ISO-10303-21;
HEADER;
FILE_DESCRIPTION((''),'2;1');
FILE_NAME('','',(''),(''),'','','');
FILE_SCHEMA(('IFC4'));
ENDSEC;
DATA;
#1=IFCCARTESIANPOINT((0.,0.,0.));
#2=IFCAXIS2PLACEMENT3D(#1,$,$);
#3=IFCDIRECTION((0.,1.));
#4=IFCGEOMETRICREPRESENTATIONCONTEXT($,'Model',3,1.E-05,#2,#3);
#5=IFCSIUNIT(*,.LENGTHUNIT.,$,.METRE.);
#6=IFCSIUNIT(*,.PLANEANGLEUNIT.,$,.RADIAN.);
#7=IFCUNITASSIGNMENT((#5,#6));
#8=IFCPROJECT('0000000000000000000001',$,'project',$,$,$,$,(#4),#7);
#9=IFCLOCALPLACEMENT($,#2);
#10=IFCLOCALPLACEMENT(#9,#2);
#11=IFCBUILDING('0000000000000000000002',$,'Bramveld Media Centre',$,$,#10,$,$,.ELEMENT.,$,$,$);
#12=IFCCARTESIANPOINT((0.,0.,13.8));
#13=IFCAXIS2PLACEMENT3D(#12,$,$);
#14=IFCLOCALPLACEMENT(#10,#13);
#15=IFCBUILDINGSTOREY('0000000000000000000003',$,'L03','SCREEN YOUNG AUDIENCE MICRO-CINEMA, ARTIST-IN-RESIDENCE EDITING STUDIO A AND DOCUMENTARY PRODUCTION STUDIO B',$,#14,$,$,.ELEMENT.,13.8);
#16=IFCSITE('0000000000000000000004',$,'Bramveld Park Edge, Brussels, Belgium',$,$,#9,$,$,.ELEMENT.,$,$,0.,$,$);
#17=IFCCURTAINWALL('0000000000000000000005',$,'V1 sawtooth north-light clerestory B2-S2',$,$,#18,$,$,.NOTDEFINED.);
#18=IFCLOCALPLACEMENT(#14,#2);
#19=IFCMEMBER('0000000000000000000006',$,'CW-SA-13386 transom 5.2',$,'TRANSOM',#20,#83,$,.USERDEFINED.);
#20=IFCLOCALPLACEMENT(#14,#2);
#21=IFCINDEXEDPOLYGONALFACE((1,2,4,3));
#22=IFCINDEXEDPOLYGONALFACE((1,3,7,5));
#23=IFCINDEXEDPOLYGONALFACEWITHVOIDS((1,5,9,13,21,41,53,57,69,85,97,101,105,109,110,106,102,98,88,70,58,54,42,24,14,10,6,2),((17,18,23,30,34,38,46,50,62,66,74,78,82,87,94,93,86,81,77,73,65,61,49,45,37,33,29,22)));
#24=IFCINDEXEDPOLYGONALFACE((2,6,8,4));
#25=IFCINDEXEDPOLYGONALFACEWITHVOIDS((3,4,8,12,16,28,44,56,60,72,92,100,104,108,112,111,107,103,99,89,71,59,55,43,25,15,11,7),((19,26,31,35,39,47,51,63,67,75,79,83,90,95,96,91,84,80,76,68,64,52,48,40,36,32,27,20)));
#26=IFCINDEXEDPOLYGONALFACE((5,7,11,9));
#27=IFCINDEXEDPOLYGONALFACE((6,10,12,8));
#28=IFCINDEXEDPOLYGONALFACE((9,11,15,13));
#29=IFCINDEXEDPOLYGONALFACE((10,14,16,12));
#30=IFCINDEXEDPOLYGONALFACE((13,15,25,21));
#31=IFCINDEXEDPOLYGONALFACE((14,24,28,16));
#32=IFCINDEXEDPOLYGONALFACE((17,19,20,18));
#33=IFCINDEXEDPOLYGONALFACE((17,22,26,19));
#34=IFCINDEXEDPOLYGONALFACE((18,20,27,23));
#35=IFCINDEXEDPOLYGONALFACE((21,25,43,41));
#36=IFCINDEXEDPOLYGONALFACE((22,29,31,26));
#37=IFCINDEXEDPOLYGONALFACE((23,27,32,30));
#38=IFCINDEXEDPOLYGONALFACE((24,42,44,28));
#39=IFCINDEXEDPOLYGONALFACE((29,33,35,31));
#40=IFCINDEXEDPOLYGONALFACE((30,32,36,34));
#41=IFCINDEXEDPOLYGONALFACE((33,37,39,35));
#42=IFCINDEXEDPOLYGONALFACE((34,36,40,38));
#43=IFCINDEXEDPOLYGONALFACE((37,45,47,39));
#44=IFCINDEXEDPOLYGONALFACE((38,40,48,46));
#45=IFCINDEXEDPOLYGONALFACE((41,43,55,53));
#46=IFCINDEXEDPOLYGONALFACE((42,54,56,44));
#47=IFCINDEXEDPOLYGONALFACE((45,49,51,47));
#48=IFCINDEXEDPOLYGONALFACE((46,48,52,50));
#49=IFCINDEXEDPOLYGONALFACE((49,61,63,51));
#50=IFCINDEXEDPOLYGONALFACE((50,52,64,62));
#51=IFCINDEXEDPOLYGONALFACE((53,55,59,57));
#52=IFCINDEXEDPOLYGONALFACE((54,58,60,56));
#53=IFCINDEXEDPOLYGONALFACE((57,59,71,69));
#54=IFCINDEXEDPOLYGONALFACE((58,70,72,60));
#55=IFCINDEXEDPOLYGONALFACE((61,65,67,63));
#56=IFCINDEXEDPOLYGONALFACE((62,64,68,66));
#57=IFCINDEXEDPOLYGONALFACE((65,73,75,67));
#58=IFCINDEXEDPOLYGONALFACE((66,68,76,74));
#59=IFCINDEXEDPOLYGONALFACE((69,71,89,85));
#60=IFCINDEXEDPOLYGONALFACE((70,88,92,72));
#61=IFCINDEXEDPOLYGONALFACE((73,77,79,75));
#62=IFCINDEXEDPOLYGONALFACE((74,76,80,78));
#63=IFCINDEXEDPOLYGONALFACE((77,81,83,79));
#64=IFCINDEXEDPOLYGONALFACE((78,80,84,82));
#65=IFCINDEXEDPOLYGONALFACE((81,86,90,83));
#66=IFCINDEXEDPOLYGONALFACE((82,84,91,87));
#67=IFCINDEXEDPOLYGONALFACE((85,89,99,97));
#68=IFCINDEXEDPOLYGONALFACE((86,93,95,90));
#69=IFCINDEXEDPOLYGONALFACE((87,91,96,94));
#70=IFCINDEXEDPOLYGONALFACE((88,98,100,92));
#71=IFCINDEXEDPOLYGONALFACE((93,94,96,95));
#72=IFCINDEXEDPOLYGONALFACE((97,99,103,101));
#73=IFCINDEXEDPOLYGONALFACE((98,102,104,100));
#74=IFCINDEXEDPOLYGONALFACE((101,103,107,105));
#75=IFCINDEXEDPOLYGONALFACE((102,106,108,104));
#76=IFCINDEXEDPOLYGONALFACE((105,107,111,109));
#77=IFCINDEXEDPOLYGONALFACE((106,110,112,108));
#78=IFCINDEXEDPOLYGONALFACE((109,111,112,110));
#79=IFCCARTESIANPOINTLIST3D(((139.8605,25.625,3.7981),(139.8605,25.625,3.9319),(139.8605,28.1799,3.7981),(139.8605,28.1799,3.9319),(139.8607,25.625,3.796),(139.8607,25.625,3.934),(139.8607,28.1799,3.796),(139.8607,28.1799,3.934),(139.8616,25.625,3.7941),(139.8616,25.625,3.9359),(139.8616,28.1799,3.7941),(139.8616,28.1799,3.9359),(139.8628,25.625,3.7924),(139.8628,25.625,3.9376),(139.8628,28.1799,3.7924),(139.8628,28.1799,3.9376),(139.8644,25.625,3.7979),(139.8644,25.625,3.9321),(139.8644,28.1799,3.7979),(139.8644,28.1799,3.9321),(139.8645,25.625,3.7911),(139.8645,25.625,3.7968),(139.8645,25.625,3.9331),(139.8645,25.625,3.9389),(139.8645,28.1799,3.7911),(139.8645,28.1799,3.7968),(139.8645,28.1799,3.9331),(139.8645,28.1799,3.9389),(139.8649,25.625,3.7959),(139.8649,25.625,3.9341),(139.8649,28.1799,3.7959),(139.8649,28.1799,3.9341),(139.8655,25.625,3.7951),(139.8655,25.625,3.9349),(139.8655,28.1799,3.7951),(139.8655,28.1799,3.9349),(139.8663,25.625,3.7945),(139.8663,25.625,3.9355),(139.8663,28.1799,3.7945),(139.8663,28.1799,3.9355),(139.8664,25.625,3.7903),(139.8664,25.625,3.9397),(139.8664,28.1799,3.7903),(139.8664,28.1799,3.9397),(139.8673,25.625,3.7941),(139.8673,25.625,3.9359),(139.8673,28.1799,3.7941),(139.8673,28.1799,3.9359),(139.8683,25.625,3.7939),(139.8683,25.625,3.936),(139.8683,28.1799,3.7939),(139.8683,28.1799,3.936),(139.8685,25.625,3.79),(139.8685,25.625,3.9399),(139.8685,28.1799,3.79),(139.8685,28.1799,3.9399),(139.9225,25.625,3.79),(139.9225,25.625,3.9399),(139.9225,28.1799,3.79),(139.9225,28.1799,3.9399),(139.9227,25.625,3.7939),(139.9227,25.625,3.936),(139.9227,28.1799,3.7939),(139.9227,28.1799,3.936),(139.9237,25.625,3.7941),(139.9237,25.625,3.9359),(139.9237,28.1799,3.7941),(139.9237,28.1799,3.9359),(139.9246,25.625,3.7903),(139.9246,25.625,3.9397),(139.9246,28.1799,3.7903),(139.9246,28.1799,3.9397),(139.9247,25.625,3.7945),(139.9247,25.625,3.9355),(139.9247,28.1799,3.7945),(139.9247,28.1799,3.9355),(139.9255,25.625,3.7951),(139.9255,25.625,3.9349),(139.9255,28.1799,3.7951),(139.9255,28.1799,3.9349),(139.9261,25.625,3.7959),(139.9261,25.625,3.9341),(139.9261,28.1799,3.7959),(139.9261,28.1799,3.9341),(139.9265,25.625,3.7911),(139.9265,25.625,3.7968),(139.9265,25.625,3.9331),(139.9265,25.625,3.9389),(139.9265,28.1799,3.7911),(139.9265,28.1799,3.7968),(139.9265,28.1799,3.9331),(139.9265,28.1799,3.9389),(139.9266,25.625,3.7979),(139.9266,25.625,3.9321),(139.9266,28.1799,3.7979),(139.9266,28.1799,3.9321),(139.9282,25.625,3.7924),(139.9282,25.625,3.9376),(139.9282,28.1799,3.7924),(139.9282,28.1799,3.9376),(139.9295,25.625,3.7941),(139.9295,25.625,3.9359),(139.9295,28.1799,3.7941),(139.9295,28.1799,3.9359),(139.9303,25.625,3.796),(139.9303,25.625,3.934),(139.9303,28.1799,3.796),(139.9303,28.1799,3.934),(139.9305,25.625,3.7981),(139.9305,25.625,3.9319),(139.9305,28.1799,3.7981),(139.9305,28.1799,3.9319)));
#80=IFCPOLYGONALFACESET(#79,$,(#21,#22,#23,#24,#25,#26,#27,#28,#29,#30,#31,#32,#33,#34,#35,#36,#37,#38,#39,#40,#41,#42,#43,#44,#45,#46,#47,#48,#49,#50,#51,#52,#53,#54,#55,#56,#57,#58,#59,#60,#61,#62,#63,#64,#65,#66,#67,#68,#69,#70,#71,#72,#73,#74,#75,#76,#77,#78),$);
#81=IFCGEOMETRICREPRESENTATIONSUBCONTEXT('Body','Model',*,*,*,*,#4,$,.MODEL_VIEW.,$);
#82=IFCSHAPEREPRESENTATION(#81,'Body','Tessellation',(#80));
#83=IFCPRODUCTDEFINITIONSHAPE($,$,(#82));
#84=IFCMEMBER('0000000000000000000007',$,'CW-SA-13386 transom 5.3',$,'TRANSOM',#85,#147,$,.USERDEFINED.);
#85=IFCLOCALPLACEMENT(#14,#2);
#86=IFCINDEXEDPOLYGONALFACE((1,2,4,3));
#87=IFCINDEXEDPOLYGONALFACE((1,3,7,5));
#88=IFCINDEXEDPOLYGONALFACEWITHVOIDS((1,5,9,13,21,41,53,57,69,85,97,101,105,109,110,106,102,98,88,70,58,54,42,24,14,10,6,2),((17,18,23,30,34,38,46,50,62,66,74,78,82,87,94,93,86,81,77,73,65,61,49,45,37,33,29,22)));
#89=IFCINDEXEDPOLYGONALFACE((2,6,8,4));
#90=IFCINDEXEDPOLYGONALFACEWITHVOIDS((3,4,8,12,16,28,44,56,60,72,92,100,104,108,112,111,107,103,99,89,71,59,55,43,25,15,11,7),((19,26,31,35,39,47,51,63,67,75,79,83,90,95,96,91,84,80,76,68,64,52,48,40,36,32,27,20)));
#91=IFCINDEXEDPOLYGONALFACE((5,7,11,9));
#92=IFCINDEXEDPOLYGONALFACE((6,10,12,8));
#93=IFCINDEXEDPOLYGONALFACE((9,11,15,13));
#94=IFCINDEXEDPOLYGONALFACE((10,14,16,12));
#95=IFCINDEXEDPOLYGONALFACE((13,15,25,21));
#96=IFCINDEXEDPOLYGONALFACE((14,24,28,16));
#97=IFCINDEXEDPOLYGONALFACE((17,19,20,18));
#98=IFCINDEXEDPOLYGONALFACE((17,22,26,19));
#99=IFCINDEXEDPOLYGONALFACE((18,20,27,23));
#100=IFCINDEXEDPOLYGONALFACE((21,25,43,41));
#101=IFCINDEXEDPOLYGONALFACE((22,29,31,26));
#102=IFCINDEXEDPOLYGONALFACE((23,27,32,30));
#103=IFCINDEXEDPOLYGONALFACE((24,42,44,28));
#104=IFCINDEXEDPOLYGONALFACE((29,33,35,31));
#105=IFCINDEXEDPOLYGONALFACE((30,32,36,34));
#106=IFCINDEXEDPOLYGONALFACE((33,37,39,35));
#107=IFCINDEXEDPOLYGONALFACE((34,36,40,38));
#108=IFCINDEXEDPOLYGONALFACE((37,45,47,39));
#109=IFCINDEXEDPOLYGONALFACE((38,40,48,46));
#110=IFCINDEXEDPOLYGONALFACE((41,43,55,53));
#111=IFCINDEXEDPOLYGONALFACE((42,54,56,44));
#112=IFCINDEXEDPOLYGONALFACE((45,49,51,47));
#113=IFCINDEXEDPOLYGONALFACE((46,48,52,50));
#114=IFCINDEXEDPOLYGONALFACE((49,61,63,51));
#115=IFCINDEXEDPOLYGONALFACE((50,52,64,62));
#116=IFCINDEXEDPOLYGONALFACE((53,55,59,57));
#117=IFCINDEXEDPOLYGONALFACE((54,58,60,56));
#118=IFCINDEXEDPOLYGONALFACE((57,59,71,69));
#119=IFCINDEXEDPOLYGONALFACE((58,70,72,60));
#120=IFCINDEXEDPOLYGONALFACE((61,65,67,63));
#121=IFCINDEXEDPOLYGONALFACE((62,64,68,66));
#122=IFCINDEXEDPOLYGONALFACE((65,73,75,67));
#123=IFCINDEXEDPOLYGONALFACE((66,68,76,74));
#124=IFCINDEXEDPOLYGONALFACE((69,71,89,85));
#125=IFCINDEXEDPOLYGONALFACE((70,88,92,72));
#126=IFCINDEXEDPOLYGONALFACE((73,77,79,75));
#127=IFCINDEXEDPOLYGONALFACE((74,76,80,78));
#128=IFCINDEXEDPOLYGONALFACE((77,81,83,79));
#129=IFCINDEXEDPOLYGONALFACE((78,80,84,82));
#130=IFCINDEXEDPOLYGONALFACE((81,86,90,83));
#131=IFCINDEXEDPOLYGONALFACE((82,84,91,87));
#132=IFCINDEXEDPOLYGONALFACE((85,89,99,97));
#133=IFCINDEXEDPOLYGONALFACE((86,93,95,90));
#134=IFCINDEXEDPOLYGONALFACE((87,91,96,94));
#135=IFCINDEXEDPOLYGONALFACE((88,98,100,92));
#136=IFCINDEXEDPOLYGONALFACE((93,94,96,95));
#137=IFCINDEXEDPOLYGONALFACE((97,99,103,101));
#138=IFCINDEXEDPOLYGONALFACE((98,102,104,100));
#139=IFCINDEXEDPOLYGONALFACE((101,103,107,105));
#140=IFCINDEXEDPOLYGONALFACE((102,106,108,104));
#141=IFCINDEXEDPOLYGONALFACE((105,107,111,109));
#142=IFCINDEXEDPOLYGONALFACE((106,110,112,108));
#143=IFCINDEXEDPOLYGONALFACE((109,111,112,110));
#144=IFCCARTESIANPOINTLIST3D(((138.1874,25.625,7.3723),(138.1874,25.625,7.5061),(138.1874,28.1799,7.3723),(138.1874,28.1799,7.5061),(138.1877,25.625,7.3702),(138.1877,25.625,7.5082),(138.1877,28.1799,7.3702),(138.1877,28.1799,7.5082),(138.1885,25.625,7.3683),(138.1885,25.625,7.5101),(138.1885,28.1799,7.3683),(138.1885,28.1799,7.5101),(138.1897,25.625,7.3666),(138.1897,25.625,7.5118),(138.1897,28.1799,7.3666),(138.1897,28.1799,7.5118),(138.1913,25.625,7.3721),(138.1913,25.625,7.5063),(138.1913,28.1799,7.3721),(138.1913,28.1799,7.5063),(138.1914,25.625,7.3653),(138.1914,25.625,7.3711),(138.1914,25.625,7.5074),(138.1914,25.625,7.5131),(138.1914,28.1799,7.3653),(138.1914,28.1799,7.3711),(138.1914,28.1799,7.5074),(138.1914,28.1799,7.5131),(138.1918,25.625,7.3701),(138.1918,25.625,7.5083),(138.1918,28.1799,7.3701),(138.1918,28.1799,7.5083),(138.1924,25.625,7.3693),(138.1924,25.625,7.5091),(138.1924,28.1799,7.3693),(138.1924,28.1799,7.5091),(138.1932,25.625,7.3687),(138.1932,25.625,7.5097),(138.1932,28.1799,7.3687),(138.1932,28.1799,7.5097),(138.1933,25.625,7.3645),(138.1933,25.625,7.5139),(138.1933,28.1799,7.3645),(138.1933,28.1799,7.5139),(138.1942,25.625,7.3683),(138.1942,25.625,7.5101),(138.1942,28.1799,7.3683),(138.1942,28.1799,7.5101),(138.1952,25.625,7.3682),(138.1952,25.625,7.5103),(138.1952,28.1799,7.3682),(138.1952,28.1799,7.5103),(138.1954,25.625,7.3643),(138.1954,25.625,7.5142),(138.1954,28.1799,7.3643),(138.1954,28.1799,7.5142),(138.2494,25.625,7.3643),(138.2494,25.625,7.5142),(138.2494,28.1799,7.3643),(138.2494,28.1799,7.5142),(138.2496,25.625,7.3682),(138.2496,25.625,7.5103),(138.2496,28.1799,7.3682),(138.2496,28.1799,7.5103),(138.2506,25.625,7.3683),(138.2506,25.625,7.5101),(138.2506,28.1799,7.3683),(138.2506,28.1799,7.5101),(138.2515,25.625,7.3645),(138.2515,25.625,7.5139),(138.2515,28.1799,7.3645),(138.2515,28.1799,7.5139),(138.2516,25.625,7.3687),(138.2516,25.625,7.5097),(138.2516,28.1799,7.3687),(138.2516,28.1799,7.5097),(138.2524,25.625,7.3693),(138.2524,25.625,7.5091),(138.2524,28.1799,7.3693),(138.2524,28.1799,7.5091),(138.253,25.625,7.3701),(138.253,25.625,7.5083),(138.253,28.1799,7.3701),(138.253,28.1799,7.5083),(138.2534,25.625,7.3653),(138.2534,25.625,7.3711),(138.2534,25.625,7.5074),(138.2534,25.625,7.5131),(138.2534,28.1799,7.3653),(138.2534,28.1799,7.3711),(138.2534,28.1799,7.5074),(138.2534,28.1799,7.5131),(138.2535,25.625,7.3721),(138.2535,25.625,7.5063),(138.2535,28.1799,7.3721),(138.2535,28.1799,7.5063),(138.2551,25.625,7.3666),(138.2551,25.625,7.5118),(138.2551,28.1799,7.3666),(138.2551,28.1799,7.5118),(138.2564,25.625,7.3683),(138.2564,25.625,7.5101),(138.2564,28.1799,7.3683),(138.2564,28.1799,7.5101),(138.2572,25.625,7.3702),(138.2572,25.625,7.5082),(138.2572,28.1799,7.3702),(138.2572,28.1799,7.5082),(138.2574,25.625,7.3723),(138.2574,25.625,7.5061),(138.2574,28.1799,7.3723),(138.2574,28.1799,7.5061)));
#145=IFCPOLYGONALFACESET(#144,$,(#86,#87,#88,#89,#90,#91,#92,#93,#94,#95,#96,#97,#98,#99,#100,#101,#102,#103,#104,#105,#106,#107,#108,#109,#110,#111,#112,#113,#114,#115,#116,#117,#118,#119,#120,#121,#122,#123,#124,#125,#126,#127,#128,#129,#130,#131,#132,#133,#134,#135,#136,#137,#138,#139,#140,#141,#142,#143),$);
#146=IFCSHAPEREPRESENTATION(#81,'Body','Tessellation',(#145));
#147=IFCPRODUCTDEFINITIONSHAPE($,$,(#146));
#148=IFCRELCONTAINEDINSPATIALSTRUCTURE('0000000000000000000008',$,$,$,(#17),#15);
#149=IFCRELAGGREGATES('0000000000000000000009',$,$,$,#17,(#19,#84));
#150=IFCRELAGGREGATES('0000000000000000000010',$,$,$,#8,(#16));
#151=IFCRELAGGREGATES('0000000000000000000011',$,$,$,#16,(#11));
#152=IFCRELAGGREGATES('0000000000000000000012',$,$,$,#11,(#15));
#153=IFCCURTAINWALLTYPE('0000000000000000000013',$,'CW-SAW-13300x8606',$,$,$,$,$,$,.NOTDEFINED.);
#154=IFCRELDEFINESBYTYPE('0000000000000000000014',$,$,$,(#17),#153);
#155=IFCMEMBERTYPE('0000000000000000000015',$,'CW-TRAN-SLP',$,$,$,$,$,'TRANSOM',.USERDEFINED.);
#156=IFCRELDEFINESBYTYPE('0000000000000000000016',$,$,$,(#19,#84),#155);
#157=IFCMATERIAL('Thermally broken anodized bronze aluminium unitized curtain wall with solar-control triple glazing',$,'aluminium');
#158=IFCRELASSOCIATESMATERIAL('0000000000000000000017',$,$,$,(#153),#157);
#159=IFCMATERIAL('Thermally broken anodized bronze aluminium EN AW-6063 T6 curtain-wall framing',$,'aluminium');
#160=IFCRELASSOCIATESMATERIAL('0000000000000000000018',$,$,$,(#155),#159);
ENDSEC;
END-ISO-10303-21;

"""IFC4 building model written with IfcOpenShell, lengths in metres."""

from ifc_helpers import new_model, si_unit, direction, frame, origin, origin_2d, place, context, subcontext, project, spatial, hollow_rectangle, extrude, material, material_profile, profile_set, type_object, element, aggregate, save


model = new_model("IFC4")

# Units and contexts
model_context = context("Model", 3, precision=1e-05, world=origin(), true_north=direction((0.0, 1.0)))
body_context = subcontext(model_context, "Body", "Model", "MODEL_VIEW")
ifc_project = project(units=[si_unit("LENGTHUNIT", "METRE"), si_unit("PLANEANGLEUNIT", "RADIAN")], contexts=[model_context])

# Site, building, storey
site_placement = place(None, origin())
site = spatial("IfcSite", under=ifc_project, at=site_placement, Name="Bramveld Park Edge, Brussels, Belgium", CompositionType="ELEMENT", RefElevation=0.0)
building_placement = place(site_placement, origin())
building = spatial("IfcBuilding", under=site, at=building_placement, Name="Bramveld Media Centre", CompositionType="ELEMENT")
storey_placement = place(building_placement, frame((0.0, 0.0, 13.8)))
storey = spatial("IfcBuildingStorey", under=building, at=storey_placement, Name="L03", Description="SCREEN YOUNG AUDIENCE MICRO-CINEMA, ARTIST-IN-RESIDENCE EDITING STUDIO A AND DOCUMENTARY PRODUCTION STUDIO B", CompositionType="ELEMENT", Elevation=13.8)

# Curtain wall
ifc_material_1 = material(Name="Thermally broken anodized bronze aluminium unitized curtain wall with solar-control triple glazing", Category="aluminium")
curtain_wall_type_1 = type_object("IfcCurtainWallType", Name="CW-SAW-13300x8606", PredefinedType="NOTDEFINED", material=ifc_material_1)
curtain_wall_1_placement = place(storey_placement, origin())
curtain_wall_1 = element("IfcCurtainWall", 1, at=curtain_wall_1_placement, inside=storey, type_object=curtain_wall_type_1, Name="V1 sawtooth north-light clerestory B2-S2", PredefinedType="NOTDEFINED")

# Members
ifc_material_2 = material(Name="Thermally broken anodized bronze aluminium EN AW-6063 T6 curtain-wall framing", Category="aluminium")
ifc_material_profile_1 = material_profile(ifc_material_2, hollow_rectangle(XDim=0.0701, YDim=0.1499, WallThickness=0.0039, InnerFilletRadius=0.0039, OuterFilletRadius=0.0081, at=origin_2d()), Name="AL-TRAN 70x150")
ifc_profile_set_1 = profile_set([ifc_material_profile_1], Name="Thermally broken anodized bronze aluminium EN AW-6063 T6 curtain-wall framing")
member_type_1 = type_object("IfcMemberType", Name="CW-TRAN-SLP", ElementType="TRANSOM", PredefinedType="USERDEFINED", material=ifc_profile_set_1)
member_1_placement = place(storey_placement, frame((139.8955, 25.625, 3.865), z_axis=(0.0, 1.0, 0.0), x_axis=(-1.0, 0.0, 0.0)))
member_1 = element("IfcMember", 2, at=member_1_placement, type_object=member_type_1, Name="CW-SA-13386 transom 5.2", ObjectType="TRANSOM", PredefinedType="USERDEFINED", context=body_context, shape_type="SweptSolid", body=[
    extrude(hollow_rectangle(XDim=0.0701, YDim=0.1499, WallThickness=0.0039, InnerFilletRadius=0.0039, OuterFilletRadius=0.0081, at=origin_2d()), origin(), (0.0, 0.0, 1.0), 2.5549),
])
member_2_placement = place(storey_placement, frame((138.2224, 25.625, 7.4392), z_axis=(0.0, 1.0, 0.0), x_axis=(-1.0, 0.0, 0.0)))
member_2 = element("IfcMember", 3, at=member_2_placement, type_object=member_type_1, Name="CW-SA-13386 transom 5.3", ObjectType="TRANSOM", PredefinedType="USERDEFINED", context=body_context, shape_type="SweptSolid", body=[
    extrude(hollow_rectangle(XDim=0.0701, YDim=0.1499, WallThickness=0.0039, InnerFilletRadius=0.0039, OuterFilletRadius=0.0081, at=origin_2d()), origin(), (0.0, 0.0, 1.0), 2.5549),
])

aggregate(curtain_wall_1, [member_1, member_2])

save(model, "model.ifc")
